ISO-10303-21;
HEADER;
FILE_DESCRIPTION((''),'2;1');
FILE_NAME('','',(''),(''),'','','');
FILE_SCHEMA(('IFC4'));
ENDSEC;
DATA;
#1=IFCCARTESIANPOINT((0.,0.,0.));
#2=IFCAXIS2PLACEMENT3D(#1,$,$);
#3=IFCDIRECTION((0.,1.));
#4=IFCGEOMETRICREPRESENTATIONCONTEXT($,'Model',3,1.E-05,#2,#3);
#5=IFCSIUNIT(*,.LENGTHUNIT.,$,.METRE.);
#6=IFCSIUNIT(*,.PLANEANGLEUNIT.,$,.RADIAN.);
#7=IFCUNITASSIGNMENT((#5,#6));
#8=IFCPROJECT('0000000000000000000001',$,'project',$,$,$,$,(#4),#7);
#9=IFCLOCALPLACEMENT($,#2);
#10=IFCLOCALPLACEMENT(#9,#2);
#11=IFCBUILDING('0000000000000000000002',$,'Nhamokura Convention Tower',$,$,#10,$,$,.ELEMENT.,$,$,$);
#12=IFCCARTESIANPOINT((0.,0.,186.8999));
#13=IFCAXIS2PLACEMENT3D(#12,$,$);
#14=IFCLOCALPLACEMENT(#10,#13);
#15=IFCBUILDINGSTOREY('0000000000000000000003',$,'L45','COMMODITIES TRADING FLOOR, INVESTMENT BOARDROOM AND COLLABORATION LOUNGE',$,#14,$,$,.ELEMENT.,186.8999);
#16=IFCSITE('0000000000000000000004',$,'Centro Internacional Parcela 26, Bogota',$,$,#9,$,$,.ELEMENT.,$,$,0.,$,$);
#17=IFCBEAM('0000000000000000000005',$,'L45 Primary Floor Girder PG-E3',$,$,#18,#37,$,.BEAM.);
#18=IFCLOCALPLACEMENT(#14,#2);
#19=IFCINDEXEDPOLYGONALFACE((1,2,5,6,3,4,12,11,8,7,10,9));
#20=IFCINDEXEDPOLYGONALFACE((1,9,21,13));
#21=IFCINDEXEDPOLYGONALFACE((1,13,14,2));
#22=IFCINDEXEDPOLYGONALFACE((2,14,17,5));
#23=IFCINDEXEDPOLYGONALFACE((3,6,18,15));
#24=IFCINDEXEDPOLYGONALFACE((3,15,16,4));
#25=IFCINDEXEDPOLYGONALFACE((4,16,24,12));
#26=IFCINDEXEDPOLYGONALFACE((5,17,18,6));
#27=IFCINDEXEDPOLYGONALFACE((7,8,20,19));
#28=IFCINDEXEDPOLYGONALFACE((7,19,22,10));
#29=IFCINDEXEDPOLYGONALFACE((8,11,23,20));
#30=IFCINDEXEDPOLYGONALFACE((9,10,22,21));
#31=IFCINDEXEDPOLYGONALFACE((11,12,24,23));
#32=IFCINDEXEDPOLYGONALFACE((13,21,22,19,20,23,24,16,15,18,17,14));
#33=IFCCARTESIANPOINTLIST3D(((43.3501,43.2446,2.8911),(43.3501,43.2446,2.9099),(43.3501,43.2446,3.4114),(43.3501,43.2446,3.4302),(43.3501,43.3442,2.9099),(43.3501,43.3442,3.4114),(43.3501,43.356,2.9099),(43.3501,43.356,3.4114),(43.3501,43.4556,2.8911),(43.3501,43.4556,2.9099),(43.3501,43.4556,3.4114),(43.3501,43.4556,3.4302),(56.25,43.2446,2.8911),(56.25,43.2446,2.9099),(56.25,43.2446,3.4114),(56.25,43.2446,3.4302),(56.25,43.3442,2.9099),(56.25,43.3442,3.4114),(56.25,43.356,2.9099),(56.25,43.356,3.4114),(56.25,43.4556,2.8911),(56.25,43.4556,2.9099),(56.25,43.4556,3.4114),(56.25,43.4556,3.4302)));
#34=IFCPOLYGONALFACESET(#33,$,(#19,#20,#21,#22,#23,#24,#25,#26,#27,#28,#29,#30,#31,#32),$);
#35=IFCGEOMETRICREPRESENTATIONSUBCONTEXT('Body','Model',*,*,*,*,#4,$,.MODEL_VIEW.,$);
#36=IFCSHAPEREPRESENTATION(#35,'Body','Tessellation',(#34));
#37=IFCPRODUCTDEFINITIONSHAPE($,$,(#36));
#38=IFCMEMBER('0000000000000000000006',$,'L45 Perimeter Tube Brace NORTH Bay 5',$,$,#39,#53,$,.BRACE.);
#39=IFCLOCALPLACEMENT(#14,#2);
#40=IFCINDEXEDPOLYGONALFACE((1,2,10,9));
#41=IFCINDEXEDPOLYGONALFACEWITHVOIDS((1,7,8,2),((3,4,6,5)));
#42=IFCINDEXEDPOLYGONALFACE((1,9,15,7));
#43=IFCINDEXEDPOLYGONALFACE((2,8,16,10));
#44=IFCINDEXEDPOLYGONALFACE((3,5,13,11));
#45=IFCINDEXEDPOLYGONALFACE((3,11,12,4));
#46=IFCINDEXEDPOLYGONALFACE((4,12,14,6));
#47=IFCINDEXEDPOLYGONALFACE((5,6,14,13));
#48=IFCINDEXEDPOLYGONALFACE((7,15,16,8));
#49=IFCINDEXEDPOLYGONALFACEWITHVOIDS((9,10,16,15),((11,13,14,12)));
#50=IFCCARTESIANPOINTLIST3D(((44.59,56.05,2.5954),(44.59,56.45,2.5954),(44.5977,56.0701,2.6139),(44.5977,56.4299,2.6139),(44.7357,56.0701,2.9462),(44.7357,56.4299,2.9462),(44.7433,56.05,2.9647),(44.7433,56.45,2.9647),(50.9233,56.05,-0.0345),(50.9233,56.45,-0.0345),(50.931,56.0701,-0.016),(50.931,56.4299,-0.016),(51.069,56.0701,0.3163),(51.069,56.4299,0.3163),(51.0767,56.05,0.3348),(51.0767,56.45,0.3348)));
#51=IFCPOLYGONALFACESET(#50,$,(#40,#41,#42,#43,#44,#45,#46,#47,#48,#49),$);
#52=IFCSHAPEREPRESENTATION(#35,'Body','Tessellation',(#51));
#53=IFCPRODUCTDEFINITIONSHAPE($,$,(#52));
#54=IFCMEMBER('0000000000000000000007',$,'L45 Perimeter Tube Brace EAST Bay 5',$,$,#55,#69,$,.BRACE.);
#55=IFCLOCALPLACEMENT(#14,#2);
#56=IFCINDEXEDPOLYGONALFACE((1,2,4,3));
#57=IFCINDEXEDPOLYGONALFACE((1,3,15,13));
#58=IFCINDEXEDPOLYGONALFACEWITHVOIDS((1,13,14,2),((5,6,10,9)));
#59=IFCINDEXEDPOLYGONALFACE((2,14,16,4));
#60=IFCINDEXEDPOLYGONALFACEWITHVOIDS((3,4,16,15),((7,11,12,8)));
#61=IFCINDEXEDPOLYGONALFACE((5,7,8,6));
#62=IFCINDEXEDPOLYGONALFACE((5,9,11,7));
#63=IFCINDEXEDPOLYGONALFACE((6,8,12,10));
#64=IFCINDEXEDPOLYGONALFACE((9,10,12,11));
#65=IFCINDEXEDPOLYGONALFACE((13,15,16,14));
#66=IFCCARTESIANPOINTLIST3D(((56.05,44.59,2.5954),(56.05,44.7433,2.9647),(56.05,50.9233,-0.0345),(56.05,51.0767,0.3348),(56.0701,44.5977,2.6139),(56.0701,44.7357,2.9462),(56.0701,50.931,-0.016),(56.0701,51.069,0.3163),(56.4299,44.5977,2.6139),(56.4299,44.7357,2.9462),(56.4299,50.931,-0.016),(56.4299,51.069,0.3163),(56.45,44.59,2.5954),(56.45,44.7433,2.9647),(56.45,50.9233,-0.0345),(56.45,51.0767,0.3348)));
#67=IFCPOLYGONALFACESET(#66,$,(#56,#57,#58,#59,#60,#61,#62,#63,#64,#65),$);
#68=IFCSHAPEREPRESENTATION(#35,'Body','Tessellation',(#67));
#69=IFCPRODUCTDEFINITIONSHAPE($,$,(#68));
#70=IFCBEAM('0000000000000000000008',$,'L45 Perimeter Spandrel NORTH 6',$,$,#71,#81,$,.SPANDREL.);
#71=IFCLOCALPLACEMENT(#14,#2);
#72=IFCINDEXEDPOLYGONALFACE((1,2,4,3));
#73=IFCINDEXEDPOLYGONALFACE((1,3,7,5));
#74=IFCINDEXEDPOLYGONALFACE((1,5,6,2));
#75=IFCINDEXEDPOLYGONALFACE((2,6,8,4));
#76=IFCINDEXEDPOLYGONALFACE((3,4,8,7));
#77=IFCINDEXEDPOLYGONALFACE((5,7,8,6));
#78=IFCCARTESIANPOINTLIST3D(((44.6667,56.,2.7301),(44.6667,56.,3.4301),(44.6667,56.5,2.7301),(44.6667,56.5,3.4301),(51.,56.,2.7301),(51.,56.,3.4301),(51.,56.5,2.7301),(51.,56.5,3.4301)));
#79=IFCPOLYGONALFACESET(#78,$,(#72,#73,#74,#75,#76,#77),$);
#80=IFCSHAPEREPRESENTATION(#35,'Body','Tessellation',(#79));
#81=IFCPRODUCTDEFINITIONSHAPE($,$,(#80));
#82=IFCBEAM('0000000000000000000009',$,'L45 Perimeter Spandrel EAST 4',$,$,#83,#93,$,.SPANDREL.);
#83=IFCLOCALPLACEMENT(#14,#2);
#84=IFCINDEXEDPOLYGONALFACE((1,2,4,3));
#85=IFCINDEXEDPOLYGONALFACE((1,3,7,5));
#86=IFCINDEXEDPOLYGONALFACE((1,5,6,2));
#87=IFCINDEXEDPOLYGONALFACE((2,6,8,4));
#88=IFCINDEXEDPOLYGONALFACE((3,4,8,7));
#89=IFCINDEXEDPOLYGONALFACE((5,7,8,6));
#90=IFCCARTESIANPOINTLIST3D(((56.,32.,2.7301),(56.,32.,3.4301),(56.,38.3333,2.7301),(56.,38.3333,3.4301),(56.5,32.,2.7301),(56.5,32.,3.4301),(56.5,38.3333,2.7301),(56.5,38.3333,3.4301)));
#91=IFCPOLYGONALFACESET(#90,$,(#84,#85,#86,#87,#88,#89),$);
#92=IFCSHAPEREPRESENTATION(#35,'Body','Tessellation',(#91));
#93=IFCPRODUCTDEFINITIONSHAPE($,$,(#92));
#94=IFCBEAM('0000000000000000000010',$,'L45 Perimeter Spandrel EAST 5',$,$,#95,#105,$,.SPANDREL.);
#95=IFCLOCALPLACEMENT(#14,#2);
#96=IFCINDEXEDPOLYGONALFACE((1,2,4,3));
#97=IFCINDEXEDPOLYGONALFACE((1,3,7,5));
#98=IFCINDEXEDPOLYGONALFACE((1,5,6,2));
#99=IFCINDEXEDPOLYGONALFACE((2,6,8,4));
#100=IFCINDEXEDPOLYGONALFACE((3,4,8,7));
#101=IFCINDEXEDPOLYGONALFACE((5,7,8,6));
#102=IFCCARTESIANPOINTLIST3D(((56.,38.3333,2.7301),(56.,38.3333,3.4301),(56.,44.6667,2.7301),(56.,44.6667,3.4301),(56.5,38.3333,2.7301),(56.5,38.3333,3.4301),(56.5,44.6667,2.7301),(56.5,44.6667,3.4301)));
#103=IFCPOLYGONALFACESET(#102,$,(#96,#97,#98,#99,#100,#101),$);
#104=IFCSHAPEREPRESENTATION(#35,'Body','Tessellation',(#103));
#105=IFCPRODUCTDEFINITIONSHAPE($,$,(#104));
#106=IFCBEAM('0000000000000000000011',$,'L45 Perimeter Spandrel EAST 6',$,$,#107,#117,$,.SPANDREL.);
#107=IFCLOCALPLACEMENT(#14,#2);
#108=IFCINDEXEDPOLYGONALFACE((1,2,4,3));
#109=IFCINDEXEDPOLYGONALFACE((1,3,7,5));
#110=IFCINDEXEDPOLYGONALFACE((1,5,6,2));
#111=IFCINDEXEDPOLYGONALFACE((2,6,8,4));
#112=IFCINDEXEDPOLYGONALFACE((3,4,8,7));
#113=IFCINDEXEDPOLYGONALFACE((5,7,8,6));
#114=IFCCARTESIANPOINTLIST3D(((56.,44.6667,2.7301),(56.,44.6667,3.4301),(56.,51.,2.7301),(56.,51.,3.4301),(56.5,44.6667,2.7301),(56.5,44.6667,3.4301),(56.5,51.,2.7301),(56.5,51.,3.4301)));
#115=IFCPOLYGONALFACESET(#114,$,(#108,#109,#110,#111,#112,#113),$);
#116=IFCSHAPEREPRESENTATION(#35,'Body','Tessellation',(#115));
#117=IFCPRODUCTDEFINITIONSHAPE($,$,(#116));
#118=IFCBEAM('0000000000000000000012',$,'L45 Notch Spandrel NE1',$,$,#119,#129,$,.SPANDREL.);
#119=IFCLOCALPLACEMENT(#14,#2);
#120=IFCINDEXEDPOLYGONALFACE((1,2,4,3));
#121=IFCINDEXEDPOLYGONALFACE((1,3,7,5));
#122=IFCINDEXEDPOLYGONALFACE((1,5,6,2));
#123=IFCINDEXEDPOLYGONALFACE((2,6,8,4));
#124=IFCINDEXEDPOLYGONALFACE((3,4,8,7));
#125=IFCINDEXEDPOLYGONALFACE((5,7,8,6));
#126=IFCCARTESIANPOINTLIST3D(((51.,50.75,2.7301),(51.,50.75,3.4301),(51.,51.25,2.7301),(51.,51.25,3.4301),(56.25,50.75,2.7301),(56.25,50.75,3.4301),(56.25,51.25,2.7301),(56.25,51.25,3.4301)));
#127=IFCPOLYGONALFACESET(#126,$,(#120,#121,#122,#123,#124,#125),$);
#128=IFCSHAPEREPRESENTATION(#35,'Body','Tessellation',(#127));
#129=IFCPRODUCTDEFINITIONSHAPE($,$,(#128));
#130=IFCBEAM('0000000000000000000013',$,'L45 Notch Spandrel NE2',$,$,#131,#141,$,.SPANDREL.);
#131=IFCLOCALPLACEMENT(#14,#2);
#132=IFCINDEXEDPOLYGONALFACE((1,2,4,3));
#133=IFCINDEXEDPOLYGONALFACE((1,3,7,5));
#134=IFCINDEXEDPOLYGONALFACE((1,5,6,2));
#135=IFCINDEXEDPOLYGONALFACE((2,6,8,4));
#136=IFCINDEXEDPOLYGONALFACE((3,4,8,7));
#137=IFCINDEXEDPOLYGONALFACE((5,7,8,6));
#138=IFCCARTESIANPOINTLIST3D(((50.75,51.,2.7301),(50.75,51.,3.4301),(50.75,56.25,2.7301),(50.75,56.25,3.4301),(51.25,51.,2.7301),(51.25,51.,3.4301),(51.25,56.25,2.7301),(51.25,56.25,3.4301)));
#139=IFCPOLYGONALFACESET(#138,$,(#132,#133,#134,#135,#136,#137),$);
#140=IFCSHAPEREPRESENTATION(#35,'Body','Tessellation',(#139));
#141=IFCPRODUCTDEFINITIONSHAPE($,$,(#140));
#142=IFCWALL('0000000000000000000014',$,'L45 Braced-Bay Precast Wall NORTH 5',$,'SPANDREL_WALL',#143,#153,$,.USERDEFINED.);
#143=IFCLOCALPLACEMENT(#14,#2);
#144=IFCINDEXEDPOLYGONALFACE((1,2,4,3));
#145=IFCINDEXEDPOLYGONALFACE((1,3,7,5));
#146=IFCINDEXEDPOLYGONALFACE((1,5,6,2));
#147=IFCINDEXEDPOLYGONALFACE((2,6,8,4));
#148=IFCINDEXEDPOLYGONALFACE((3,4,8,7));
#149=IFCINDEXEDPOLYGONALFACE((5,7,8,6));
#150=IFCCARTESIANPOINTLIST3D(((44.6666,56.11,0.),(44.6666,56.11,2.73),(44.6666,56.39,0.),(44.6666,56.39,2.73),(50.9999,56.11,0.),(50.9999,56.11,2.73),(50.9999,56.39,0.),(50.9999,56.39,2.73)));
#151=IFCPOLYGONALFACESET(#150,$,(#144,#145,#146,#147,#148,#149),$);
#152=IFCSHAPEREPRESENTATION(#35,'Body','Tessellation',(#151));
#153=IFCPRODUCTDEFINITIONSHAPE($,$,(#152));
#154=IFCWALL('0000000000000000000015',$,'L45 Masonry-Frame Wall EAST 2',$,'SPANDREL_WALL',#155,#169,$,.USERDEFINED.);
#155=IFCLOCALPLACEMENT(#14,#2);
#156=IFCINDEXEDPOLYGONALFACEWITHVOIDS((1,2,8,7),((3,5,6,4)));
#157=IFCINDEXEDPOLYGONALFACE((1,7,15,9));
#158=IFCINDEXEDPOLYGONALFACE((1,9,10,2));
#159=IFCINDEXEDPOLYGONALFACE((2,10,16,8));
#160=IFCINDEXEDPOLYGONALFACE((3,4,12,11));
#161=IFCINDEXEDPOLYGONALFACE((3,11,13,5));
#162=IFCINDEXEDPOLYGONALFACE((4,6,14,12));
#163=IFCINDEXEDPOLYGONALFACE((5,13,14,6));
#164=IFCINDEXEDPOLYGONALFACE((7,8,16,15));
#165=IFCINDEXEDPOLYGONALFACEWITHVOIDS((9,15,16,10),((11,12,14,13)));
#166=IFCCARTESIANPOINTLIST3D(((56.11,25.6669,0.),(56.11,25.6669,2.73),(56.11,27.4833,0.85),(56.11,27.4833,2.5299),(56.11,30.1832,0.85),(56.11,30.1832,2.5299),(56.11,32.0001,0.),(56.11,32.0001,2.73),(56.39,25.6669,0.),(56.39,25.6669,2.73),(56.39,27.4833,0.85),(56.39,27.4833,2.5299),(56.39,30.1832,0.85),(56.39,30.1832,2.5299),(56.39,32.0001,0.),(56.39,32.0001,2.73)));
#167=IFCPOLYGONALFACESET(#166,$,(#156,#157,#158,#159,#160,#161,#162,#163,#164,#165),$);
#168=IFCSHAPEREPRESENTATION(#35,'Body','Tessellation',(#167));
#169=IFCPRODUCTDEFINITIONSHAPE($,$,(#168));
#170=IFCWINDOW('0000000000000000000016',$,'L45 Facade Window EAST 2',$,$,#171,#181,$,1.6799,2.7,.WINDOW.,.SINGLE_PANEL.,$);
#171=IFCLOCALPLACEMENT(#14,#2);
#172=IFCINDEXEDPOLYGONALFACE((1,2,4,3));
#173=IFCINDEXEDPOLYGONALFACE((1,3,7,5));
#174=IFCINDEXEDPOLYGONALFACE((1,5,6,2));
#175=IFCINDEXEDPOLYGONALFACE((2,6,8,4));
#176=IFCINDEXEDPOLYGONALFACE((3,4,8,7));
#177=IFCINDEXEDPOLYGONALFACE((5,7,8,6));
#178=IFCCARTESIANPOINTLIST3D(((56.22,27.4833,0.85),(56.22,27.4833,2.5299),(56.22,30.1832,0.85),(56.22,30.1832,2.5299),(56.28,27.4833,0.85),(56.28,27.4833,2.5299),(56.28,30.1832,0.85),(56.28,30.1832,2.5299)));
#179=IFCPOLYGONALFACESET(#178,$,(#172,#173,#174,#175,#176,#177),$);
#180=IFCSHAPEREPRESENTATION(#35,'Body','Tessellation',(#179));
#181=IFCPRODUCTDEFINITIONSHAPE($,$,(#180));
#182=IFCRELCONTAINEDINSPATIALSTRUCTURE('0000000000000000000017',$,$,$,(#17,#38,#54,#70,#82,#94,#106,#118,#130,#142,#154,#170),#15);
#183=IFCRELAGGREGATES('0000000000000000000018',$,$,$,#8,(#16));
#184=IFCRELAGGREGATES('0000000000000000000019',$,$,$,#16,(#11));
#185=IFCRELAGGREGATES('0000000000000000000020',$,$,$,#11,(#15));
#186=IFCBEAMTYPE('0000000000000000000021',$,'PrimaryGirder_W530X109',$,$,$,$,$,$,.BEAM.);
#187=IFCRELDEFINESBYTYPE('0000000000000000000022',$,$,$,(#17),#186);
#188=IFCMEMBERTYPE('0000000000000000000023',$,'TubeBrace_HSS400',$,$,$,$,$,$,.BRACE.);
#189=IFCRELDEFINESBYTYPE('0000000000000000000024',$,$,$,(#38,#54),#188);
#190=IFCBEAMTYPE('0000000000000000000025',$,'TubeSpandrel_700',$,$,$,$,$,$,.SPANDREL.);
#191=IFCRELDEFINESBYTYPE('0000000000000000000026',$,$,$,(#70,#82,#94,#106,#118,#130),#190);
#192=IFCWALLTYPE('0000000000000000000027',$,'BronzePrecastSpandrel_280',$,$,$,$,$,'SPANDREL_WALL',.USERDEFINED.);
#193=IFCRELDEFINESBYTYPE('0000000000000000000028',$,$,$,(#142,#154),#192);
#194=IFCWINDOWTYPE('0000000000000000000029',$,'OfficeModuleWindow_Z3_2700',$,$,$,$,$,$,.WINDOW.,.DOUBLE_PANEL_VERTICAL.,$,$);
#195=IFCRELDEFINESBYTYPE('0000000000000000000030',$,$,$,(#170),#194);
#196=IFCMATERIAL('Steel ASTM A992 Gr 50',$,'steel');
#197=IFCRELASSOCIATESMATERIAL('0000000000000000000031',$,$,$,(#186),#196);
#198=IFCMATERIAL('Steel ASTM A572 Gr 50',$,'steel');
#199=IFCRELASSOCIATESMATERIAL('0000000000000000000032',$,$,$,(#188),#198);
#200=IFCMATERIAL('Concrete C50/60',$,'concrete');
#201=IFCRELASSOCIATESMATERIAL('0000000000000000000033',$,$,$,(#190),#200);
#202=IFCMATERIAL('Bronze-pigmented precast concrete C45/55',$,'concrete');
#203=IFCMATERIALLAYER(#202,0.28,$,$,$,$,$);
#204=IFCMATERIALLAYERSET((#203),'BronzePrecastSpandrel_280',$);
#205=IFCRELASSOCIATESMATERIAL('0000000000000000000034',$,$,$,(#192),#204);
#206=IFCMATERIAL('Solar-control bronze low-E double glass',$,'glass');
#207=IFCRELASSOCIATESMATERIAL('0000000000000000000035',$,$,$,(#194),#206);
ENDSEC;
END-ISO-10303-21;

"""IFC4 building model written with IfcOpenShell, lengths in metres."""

from ifc_helpers import new_model, si_unit, direction, frame, frame_2d, origin, origin_2d, place, context, subcontext, project, spatial, rectangle, hollow_rectangle, i_section, extrude, material, layer, layer_set, material_profile, profile_set, type_object, element, fill, save


model = new_model("IFC4")

# Units and contexts
model_context = context("Model", 3, precision=1e-05, world=origin(), true_north=direction((0.0, 1.0)))
body_context = subcontext(model_context, "Body", "Model", "MODEL_VIEW")
ifc_project = project(units=[si_unit("LENGTHUNIT", "METRE"), si_unit("PLANEANGLEUNIT", "RADIAN")], contexts=[model_context])

# Site, building, storey
site_placement = place(None, origin())
site = spatial("IfcSite", under=ifc_project, at=site_placement, Name="Centro Internacional Parcela 26, Bogota", CompositionType="ELEMENT", RefElevation=0.0)
building_placement = place(site_placement, origin())
building = spatial("IfcBuilding", under=site, at=building_placement, Name="Nhamokura Convention Tower", CompositionType="ELEMENT")
storey_placement = place(building_placement, frame((0.0, 0.0, 186.8999)))
storey = spatial("IfcBuildingStorey", under=building, at=storey_placement, Name="L45", Description="COMMODITIES TRADING FLOOR, INVESTMENT BOARDROOM AND COLLABORATION LOUNGE", CompositionType="ELEMENT", Elevation=186.8999)

# Beam
ifc_material_1 = material(Name="Steel ASTM A992 Gr 50", Category="steel")
ifc_material_profile_1 = material_profile(ifc_material_1, i_section(OverallWidth=0.2109, OverallDepth=0.5391, WebThickness=0.0117, FlangeThickness=0.0188, at=origin_2d()))
ifc_profile_set_1 = profile_set([ifc_material_profile_1], Name="Steel ASTM A992 Gr 50")
beam_type_1 = type_object("IfcBeamType", Name="PrimaryGirder_W530X109", PredefinedType="BEAM", material=ifc_profile_set_1)
for number, where, z_axis, x_axis, name in (
    (1, (43.3501, 43.3501, 3.1606), (1.0, 0.0, 0.0), (0.0, 1.0, 0.0), "L45 Primary Floor Girder PG-E3"),
):
    element("IfcBeam", number, at=place(storey_placement, frame(where, z_axis=z_axis, x_axis=x_axis)), inside=storey, type_object=beam_type_1, Name=name, PredefinedType="BEAM", context=body_context, shape_type="SweptSolid", body=[
        extrude(i_section(OverallWidth=0.2109, OverallDepth=0.5391, WebThickness=0.0117, FlangeThickness=0.0188, at=origin_2d()), origin(), (0.0, 0.0, 1.0), 12.8999),
    ])

# Members
ifc_material_2 = material(Name="Steel ASTM A572 Gr 50", Category="steel")
ifc_material_profile_2 = material_profile(ifc_material_2, hollow_rectangle(XDim=0.3999, YDim=0.3999, WallThickness=0.02, at=origin_2d()))
ifc_profile_set_2 = profile_set([ifc_material_profile_2], Name="Steel ASTM A572 Gr 50")
member_type_1 = type_object("IfcMemberType", Name="TubeBrace_HSS400", PredefinedType="BRACE", material=ifc_profile_set_2)
for number, where, z_axis, x_axis, name in (
    (2, (51.0, 56.25, 0.1501), (-0.923541, 0.0, 0.3835), (0.0, -1.0, 0.0), "L45 Perimeter Tube Brace NORTH Bay 5"),
    (3, (56.25, 51.0, 0.1501), (0.0, -0.923541, 0.3835), (1.0, 0.0, 0.0), "L45 Perimeter Tube Brace EAST Bay 5"),
):
    element("IfcMember", number, at=place(storey_placement, frame(where, z_axis=z_axis, x_axis=x_axis)), inside=storey, type_object=member_type_1, Name=name, PredefinedType="BRACE", context=body_context, shape_type="SweptSolid", body=[
        extrude(hollow_rectangle(XDim=0.3999, YDim=0.3999, WallThickness=0.02, at=origin_2d()), origin(), (0.0, 0.0, 1.0), 6.8577),
    ])

# Beams
ifc_material_3 = material(Name="Concrete C50/60", Category="concrete")
ifc_material_profile_3 = material_profile(ifc_material_3, rectangle(XDim=0.5, YDim=0.7, at=origin_2d()))
ifc_profile_set_3 = profile_set([ifc_material_profile_3], Name="Concrete C50/60")
beam_type_2 = type_object("IfcBeamType", Name="TubeSpandrel_700", PredefinedType="SPANDREL", material=ifc_profile_set_3)
for number, where, z_axis, x_axis, name in (
    (4, (44.6667, 56.25, 3.0801), (1.0, 0.0, 0.0), (0.0, 1.0, 0.0), "L45 Perimeter Spandrel NORTH 6"),
    (5, (56.25, 32.0, 3.0801), (0.0, 1.0, 0.0), (-1.0, 0.0, 0.0), "L45 Perimeter Spandrel EAST 4"),
):
    element("IfcBeam", number, at=place(storey_placement, frame(where, z_axis=z_axis, x_axis=x_axis)), inside=storey, type_object=beam_type_2, Name=name, PredefinedType="SPANDREL", context=body_context, shape_type="SweptSolid", body=[
        extrude(rectangle(XDim=0.5, YDim=0.7, at=origin_2d()), origin(), (0.0, 0.0, 1.0), 6.3333),
    ])
beam_1_placement = place(storey_placement, frame((56.25, 38.3333, 3.0801), z_axis=(0.0, 1.0, 0.0), x_axis=(-1.0, 0.0, 0.0)))
element("IfcBeam", 6, at=beam_1_placement, inside=storey, type_object=beam_type_2, Name="L45 Perimeter Spandrel EAST 5", PredefinedType="SPANDREL", context=body_context, shape_type="SweptSolid", body=[
    extrude(rectangle(XDim=0.5, YDim=0.7, at=origin_2d()), origin(), (0.0, 0.0, 1.0), 6.3335),
])
beam_2_placement = place(storey_placement, frame((56.25, 44.6667, 3.0801), z_axis=(0.0, 1.0, 0.0), x_axis=(-1.0, 0.0, 0.0)))
element("IfcBeam", 7, at=beam_2_placement, inside=storey, type_object=beam_type_2, Name="L45 Perimeter Spandrel EAST 6", PredefinedType="SPANDREL", context=body_context, shape_type="SweptSolid", body=[
    extrude(rectangle(XDim=0.5, YDim=0.7, at=origin_2d()), origin(), (0.0, 0.0, 1.0), 6.3333),
])
for number, where, z_axis, x_axis, name in (
    (8, (56.25, 51.0, 3.0801), (-1.0, 0.0, 0.0), (0.0, -1.0, 0.0), "L45 Notch Spandrel NE1"),
    (9, (51.0, 51.0, 3.0801), (0.0, 1.0, 0.0), (-1.0, 0.0, 0.0), "L45 Notch Spandrel NE2"),
):
    element("IfcBeam", number, at=place(storey_placement, frame(where, z_axis=z_axis, x_axis=x_axis)), inside=storey, type_object=beam_type_2, Name=name, PredefinedType="SPANDREL", context=body_context, shape_type="SweptSolid", body=[
        extrude(rectangle(XDim=0.5, YDim=0.7, at=origin_2d()), origin(), (0.0, 0.0, 1.0), 5.25),
    ])

# Wall
ifc_material_4 = material(Name="Bronze-pigmented precast concrete C45/55", Category="concrete")
ifc_layer_1 = layer(ifc_material_4, 0.28)
ifc_layer_set_1 = layer_set([ifc_layer_1], Name="BronzePrecastSpandrel_280")
wall_type_1 = type_object("IfcWallType", Name="BronzePrecastSpandrel_280", ElementType="SPANDREL_WALL", PredefinedType="USERDEFINED", material=ifc_layer_set_1)
wall_1_placement = place(storey_placement, frame((44.6667, 56.25, 0.0), z_axis=(0.0, 0.0, 1.0), x_axis=(1.0, 0.0, 0.0)))
element("IfcWall", 10, at=wall_1_placement, inside=storey, type_object=wall_type_1, Name="L45 Braced-Bay Precast Wall NORTH 5", ObjectType="SPANDREL_WALL", PredefinedType="USERDEFINED", context=body_context, shape_type="SweptSolid", body=[
    extrude(rectangle(XDim=6.3333, YDim=0.28, at=frame_2d((3.1665, 0.0))), origin(), (0.0, 0.0, 1.0), 2.73),
])

# Wall, opening, window
wall_2_placement = place(storey_placement, frame((56.25, 32.0, 0.0), z_axis=(0.0, 0.0, 1.0), x_axis=(0.0, -1.0, 0.0)))
wall_2 = element("IfcWall", 11, at=wall_2_placement, inside=storey, type_object=wall_type_1, Name="L45 Masonry-Frame Wall EAST 2", ObjectType="SPANDREL_WALL", PredefinedType="USERDEFINED", context=body_context, shape_type="SweptSolid", body=[
    extrude(rectangle(XDim=6.3333, YDim=0.28, at=frame_2d((3.1665, 0.0))), origin(), (0.0, 0.0, 1.0), 2.73),
])
opening_1_placement = place(wall_2_placement, frame((1.8167, 0.0, 0.8501)))
opening_1 = element("IfcOpeningElement", 12, at=opening_1_placement, cuts=wall_2, PredefinedType="OPENING", context=body_context, shape_type="SweptSolid", body=[
    extrude(rectangle(XDim=2.7, YDim=1.6799, at=frame_2d((1.3501, 0.8398))), frame((0.0, 0.1499, 0.0), z_axis=(0.0, -1.0, 0.0), x_axis=(1.0, 0.0, 0.0)), (0.0, 0.0, 1.0), 0.3),
])
ifc_material_5 = material(Name="Solar-control bronze low-E double glass", Category="glass")
window_type_1 = type_object("IfcWindowType", Name="OfficeModuleWindow_Z3_2700", PartitioningType="DOUBLE_PANEL_VERTICAL", PredefinedType="WINDOW", material=ifc_material_5)
window_1_placement = place(opening_1_placement, origin())
window_1 = element("IfcWindow", 13, at=window_1_placement, inside=storey, type_object=window_type_1, Name="L45 Facade Window EAST 2", OverallHeight=1.6799, OverallWidth=2.7, PartitioningType="SINGLE_PANEL", PredefinedType="WINDOW", context=body_context, shape_type="SweptSolid", body=[
    extrude(rectangle(XDim=2.7, YDim=1.6799, at=frame_2d((1.3501, 0.8398))), frame((0.0, 0.03, 0.0), z_axis=(0.0, -1.0, 0.0), x_axis=(1.0, 0.0, 0.0)), (0.0, 0.0, 1.0), 0.0601),
])
fill(opening_1, window_1)

save(model, "model.ifc")
